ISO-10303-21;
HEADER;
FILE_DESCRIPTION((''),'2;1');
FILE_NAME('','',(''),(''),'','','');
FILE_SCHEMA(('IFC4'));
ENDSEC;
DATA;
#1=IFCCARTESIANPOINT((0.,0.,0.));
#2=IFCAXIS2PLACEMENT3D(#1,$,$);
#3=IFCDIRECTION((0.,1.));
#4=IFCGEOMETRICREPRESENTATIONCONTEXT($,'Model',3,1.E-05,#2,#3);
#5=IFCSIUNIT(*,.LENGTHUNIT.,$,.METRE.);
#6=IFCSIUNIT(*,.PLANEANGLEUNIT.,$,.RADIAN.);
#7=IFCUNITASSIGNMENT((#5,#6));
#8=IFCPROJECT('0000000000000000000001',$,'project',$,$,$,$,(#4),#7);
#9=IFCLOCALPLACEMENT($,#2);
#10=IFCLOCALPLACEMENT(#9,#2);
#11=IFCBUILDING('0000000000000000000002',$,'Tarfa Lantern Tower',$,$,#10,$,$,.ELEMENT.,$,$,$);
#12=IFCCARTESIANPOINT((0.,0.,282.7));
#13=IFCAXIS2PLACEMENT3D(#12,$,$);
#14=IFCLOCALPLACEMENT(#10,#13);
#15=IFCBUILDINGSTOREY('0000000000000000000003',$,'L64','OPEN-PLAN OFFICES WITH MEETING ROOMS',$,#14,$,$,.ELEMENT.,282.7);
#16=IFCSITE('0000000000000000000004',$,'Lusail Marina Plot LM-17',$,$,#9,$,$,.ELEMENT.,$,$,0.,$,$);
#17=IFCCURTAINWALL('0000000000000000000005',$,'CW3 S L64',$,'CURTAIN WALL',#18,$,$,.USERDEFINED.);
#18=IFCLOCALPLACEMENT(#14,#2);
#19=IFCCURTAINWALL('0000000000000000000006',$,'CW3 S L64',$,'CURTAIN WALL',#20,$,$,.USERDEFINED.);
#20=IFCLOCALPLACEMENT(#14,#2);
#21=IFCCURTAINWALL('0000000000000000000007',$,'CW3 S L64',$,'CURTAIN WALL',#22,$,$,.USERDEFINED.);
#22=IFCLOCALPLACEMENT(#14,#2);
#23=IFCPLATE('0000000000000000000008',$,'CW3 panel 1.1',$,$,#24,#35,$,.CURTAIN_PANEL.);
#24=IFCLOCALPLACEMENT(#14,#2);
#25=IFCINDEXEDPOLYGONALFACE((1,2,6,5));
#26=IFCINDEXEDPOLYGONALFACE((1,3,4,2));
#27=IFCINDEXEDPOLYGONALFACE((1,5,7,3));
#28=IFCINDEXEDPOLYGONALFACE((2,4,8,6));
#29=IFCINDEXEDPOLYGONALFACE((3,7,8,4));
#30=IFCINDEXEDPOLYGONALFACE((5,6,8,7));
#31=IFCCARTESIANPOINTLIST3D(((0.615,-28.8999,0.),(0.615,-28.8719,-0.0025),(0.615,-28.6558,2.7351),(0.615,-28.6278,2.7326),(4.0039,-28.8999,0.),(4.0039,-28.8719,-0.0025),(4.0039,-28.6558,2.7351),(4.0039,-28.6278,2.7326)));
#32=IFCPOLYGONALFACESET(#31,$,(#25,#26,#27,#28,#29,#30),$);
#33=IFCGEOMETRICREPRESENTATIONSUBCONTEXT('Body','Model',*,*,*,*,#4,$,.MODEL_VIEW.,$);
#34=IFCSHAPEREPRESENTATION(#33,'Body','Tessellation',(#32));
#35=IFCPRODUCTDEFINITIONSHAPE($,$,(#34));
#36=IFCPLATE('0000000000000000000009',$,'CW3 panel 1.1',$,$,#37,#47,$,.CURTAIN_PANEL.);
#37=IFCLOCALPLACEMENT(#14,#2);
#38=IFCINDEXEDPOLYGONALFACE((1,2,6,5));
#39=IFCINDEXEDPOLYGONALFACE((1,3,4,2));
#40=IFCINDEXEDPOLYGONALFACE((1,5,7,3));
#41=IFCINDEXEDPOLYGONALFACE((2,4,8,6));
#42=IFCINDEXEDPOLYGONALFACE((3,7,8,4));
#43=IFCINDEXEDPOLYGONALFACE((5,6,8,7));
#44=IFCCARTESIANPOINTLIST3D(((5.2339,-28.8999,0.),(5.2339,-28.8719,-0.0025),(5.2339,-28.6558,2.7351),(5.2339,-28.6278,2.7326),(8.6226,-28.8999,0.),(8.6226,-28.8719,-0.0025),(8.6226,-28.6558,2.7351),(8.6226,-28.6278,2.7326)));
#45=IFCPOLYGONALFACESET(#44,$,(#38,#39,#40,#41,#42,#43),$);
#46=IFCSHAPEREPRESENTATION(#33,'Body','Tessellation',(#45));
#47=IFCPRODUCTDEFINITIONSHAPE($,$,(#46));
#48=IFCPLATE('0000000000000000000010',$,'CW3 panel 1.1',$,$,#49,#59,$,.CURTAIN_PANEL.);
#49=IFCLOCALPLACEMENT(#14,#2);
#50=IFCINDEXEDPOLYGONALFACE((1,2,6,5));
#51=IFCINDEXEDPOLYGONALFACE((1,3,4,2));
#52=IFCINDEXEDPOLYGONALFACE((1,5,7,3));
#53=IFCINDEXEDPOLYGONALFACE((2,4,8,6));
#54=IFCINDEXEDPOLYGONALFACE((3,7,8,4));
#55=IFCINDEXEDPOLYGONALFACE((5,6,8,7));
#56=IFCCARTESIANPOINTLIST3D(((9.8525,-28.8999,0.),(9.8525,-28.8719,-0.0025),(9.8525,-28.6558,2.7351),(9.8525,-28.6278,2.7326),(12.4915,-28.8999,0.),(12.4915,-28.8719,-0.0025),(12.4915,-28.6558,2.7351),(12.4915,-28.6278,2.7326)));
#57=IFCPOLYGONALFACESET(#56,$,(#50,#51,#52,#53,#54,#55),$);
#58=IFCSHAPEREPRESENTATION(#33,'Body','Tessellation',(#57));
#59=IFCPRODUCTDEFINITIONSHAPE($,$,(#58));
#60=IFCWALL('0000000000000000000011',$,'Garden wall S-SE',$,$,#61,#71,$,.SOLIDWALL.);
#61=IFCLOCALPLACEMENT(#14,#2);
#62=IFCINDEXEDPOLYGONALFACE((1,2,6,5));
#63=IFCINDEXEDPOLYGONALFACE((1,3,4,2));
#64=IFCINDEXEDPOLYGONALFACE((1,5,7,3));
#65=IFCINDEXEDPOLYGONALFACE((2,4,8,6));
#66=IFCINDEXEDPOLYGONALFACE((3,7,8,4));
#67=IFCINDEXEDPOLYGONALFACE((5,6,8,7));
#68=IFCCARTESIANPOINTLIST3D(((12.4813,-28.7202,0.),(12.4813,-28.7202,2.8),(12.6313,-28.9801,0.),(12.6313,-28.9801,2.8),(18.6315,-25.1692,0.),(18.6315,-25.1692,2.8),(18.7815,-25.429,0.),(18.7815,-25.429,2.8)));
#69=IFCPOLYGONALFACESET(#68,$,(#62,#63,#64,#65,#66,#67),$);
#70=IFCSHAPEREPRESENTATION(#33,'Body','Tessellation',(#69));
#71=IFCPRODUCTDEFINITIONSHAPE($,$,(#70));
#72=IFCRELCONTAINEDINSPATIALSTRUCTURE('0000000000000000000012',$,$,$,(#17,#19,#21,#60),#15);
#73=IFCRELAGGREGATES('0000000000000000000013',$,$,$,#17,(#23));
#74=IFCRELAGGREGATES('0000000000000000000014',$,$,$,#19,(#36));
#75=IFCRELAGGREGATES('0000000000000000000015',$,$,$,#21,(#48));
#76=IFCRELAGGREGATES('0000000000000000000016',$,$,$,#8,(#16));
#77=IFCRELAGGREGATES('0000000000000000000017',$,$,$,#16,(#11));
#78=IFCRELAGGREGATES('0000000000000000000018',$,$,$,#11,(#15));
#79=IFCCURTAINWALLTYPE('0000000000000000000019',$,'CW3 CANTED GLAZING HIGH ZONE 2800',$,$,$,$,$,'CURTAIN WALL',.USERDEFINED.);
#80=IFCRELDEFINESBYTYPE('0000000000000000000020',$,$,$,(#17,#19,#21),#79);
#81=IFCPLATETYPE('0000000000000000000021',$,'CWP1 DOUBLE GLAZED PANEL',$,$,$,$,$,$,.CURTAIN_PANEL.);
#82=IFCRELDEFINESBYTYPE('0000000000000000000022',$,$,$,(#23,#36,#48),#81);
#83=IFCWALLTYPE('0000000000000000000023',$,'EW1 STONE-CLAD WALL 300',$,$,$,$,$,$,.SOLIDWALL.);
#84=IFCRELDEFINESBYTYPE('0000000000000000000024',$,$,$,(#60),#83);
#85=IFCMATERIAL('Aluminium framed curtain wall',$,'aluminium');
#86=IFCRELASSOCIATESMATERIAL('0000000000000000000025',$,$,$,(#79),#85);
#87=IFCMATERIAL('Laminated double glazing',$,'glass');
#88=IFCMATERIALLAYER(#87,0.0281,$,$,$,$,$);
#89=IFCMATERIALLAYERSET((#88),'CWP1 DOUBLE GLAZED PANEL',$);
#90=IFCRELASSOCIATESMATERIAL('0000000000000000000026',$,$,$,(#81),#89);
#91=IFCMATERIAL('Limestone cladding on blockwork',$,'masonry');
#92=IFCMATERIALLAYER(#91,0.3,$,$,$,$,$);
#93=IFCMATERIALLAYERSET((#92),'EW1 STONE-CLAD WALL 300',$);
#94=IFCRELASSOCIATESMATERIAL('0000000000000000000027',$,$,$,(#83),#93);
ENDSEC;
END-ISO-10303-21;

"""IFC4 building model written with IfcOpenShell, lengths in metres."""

from ifc_helpers import new_model, si_unit, direction, frame, frame_2d, origin, place, context, subcontext, project, spatial, polyline, rectangle, outline, extrude, material, layer, layer_set, type_object, element, aggregate, save


model = new_model("IFC4")

# Units and contexts
model_context = context("Model", 3, precision=1e-05, world=origin(), true_north=direction((0.0, 1.0)))
body_context = subcontext(model_context, "Body", "Model", "MODEL_VIEW")
ifc_project = project(units=[si_unit("LENGTHUNIT", "METRE"), si_unit("PLANEANGLEUNIT", "RADIAN")], contexts=[model_context])

# Site, building, storey
site_placement = place(None, origin())
site = spatial("IfcSite", under=ifc_project, at=site_placement, Name="Lusail Marina Plot LM-17", CompositionType="ELEMENT", RefElevation=0.0)
building_placement = place(site_placement, origin())
building = spatial("IfcBuilding", under=site, at=building_placement, Name="Tarfa Lantern Tower", CompositionType="ELEMENT")
storey_placement = place(building_placement, frame((0.0, 0.0, 282.7)))
storey = spatial("IfcBuildingStorey", under=building, at=storey_placement, Name="L64", Description="OPEN-PLAN OFFICES WITH MEETING ROOMS", CompositionType="ELEMENT", Elevation=282.7)

# Curtain walls
ifc_material_1 = material(Name="Aluminium framed curtain wall", Category="aluminium")
curtain_wall_type = type_object("IfcCurtainWallType", Name="CW3 CANTED GLAZING HIGH ZONE 2800", ElementType="CURTAIN WALL", PredefinedType="USERDEFINED", material=ifc_material_1)
curtain_wall_1_placement = place(storey_placement, origin())
curtain_wall_1 = element("IfcCurtainWall", 1, at=curtain_wall_1_placement, inside=storey, type_object=curtain_wall_type, Name="CW3 S L64", ObjectType="CURTAIN WALL", PredefinedType="USERDEFINED")
curtain_wall_2_placement = place(storey_placement, origin())
curtain_wall_2 = element("IfcCurtainWall", 2, at=curtain_wall_2_placement, inside=storey, type_object=curtain_wall_type, Name="CW3 S L64", ObjectType="CURTAIN WALL", PredefinedType="USERDEFINED")
curtain_wall_3_placement = place(storey_placement, origin())
curtain_wall_3 = element("IfcCurtainWall", 3, at=curtain_wall_3_placement, inside=storey, type_object=curtain_wall_type, Name="CW3 S L64", ObjectType="CURTAIN WALL", PredefinedType="USERDEFINED")

# Plates
ifc_material_2 = material(Name="Laminated double glazing", Category="glass")
ifc_layer_1 = layer(ifc_material_2, 0.0281)
ifc_layer_set_1 = layer_set([ifc_layer_1], Name="CWP1 DOUBLE GLAZED PANEL")
plate_type = type_object("IfcPlateType", Name="CWP1 DOUBLE GLAZED PANEL", PredefinedType="CURTAIN_PANEL", material=ifc_layer_set_1)
plate_1_placement = place(storey_placement, frame((0.615, -28.8999, 0.0), z_axis=(0.0, -0.99604, 0.088908), x_axis=(1.0, 0.0, 0.0)))
plate_1 = element("IfcPlate", 4, at=plate_1_placement, type_object=plate_type, Name="CW3 panel 1.1", PredefinedType="CURTAIN_PANEL", context=body_context, shape_type="SweptSolid", body=[
    extrude(outline(polyline([(0.0, 0.0), (3.3889, 0.0), (3.3889, 2.746), (0.0, 2.746), (0.0, 0.0)])), origin(), (0.0, 0.0, -1.0), 0.0281),
])
aggregate(curtain_wall_1, [plate_1])
plate_2_placement = place(storey_placement, frame((5.2339, -28.8999, 0.0), z_axis=(0.0, -0.99604, 0.088908), x_axis=(1.0, 0.0, 0.0)))
plate_2 = element("IfcPlate", 5, at=plate_2_placement, type_object=plate_type, Name="CW3 panel 1.1", PredefinedType="CURTAIN_PANEL", context=body_context, shape_type="SweptSolid", body=[
    extrude(outline(polyline([(0.0, 0.0), (3.3887, 0.0), (3.3887, 2.746), (0.0, 2.746), (0.0, 0.0)])), origin(), (0.0, 0.0, -1.0), 0.0281),
])
aggregate(curtain_wall_2, [plate_2])
plate_3_placement = place(storey_placement, frame((9.8525, -28.8999, 0.0), z_axis=(0.0, -0.99604, 0.088908), x_axis=(1.0, 0.0, 0.0)))
plate_3 = element("IfcPlate", 6, at=plate_3_placement, type_object=plate_type, Name="CW3 panel 1.1", PredefinedType="CURTAIN_PANEL", context=body_context, shape_type="SweptSolid", body=[
    extrude(outline(polyline([(0.0, 0.0), (2.6389, 0.0), (2.6389, 2.746), (0.0, 2.746), (0.0, 0.0)])), origin(), (0.0, 0.0, -1.0), 0.0281),
])
aggregate(curtain_wall_3, [plate_3])

# Wall
ifc_material_3 = material(Name="Limestone cladding on blockwork", Category="masonry")
ifc_layer_2 = layer(ifc_material_3, 0.3)
ifc_layer_set_2 = layer_set([ifc_layer_2], Name="EW1 STONE-CLAD WALL 300")
wall_type = type_object("IfcWallType", Name="EW1 STONE-CLAD WALL 300", PredefinedType="SOLIDWALL", material=ifc_layer_set_2)
wall_placement = place(storey_placement, frame((12.5564, -28.8501, 0.0), z_axis=(0.0, 0.0, 1.0), x_axis=(0.866011, 0.500025, 0.0)))
element("IfcWall", 7, at=wall_placement, inside=storey, type_object=wall_type, Name="Garden wall S-SE", PredefinedType="SOLIDWALL", context=body_context, shape_type="SweptSolid", body=[
    extrude(rectangle(XDim=7.1018, YDim=0.3, at=frame_2d((3.5508, 0.0))), origin(), (0.0, 0.0, 1.0), 2.8),
])

save(model, "model.ifc")
